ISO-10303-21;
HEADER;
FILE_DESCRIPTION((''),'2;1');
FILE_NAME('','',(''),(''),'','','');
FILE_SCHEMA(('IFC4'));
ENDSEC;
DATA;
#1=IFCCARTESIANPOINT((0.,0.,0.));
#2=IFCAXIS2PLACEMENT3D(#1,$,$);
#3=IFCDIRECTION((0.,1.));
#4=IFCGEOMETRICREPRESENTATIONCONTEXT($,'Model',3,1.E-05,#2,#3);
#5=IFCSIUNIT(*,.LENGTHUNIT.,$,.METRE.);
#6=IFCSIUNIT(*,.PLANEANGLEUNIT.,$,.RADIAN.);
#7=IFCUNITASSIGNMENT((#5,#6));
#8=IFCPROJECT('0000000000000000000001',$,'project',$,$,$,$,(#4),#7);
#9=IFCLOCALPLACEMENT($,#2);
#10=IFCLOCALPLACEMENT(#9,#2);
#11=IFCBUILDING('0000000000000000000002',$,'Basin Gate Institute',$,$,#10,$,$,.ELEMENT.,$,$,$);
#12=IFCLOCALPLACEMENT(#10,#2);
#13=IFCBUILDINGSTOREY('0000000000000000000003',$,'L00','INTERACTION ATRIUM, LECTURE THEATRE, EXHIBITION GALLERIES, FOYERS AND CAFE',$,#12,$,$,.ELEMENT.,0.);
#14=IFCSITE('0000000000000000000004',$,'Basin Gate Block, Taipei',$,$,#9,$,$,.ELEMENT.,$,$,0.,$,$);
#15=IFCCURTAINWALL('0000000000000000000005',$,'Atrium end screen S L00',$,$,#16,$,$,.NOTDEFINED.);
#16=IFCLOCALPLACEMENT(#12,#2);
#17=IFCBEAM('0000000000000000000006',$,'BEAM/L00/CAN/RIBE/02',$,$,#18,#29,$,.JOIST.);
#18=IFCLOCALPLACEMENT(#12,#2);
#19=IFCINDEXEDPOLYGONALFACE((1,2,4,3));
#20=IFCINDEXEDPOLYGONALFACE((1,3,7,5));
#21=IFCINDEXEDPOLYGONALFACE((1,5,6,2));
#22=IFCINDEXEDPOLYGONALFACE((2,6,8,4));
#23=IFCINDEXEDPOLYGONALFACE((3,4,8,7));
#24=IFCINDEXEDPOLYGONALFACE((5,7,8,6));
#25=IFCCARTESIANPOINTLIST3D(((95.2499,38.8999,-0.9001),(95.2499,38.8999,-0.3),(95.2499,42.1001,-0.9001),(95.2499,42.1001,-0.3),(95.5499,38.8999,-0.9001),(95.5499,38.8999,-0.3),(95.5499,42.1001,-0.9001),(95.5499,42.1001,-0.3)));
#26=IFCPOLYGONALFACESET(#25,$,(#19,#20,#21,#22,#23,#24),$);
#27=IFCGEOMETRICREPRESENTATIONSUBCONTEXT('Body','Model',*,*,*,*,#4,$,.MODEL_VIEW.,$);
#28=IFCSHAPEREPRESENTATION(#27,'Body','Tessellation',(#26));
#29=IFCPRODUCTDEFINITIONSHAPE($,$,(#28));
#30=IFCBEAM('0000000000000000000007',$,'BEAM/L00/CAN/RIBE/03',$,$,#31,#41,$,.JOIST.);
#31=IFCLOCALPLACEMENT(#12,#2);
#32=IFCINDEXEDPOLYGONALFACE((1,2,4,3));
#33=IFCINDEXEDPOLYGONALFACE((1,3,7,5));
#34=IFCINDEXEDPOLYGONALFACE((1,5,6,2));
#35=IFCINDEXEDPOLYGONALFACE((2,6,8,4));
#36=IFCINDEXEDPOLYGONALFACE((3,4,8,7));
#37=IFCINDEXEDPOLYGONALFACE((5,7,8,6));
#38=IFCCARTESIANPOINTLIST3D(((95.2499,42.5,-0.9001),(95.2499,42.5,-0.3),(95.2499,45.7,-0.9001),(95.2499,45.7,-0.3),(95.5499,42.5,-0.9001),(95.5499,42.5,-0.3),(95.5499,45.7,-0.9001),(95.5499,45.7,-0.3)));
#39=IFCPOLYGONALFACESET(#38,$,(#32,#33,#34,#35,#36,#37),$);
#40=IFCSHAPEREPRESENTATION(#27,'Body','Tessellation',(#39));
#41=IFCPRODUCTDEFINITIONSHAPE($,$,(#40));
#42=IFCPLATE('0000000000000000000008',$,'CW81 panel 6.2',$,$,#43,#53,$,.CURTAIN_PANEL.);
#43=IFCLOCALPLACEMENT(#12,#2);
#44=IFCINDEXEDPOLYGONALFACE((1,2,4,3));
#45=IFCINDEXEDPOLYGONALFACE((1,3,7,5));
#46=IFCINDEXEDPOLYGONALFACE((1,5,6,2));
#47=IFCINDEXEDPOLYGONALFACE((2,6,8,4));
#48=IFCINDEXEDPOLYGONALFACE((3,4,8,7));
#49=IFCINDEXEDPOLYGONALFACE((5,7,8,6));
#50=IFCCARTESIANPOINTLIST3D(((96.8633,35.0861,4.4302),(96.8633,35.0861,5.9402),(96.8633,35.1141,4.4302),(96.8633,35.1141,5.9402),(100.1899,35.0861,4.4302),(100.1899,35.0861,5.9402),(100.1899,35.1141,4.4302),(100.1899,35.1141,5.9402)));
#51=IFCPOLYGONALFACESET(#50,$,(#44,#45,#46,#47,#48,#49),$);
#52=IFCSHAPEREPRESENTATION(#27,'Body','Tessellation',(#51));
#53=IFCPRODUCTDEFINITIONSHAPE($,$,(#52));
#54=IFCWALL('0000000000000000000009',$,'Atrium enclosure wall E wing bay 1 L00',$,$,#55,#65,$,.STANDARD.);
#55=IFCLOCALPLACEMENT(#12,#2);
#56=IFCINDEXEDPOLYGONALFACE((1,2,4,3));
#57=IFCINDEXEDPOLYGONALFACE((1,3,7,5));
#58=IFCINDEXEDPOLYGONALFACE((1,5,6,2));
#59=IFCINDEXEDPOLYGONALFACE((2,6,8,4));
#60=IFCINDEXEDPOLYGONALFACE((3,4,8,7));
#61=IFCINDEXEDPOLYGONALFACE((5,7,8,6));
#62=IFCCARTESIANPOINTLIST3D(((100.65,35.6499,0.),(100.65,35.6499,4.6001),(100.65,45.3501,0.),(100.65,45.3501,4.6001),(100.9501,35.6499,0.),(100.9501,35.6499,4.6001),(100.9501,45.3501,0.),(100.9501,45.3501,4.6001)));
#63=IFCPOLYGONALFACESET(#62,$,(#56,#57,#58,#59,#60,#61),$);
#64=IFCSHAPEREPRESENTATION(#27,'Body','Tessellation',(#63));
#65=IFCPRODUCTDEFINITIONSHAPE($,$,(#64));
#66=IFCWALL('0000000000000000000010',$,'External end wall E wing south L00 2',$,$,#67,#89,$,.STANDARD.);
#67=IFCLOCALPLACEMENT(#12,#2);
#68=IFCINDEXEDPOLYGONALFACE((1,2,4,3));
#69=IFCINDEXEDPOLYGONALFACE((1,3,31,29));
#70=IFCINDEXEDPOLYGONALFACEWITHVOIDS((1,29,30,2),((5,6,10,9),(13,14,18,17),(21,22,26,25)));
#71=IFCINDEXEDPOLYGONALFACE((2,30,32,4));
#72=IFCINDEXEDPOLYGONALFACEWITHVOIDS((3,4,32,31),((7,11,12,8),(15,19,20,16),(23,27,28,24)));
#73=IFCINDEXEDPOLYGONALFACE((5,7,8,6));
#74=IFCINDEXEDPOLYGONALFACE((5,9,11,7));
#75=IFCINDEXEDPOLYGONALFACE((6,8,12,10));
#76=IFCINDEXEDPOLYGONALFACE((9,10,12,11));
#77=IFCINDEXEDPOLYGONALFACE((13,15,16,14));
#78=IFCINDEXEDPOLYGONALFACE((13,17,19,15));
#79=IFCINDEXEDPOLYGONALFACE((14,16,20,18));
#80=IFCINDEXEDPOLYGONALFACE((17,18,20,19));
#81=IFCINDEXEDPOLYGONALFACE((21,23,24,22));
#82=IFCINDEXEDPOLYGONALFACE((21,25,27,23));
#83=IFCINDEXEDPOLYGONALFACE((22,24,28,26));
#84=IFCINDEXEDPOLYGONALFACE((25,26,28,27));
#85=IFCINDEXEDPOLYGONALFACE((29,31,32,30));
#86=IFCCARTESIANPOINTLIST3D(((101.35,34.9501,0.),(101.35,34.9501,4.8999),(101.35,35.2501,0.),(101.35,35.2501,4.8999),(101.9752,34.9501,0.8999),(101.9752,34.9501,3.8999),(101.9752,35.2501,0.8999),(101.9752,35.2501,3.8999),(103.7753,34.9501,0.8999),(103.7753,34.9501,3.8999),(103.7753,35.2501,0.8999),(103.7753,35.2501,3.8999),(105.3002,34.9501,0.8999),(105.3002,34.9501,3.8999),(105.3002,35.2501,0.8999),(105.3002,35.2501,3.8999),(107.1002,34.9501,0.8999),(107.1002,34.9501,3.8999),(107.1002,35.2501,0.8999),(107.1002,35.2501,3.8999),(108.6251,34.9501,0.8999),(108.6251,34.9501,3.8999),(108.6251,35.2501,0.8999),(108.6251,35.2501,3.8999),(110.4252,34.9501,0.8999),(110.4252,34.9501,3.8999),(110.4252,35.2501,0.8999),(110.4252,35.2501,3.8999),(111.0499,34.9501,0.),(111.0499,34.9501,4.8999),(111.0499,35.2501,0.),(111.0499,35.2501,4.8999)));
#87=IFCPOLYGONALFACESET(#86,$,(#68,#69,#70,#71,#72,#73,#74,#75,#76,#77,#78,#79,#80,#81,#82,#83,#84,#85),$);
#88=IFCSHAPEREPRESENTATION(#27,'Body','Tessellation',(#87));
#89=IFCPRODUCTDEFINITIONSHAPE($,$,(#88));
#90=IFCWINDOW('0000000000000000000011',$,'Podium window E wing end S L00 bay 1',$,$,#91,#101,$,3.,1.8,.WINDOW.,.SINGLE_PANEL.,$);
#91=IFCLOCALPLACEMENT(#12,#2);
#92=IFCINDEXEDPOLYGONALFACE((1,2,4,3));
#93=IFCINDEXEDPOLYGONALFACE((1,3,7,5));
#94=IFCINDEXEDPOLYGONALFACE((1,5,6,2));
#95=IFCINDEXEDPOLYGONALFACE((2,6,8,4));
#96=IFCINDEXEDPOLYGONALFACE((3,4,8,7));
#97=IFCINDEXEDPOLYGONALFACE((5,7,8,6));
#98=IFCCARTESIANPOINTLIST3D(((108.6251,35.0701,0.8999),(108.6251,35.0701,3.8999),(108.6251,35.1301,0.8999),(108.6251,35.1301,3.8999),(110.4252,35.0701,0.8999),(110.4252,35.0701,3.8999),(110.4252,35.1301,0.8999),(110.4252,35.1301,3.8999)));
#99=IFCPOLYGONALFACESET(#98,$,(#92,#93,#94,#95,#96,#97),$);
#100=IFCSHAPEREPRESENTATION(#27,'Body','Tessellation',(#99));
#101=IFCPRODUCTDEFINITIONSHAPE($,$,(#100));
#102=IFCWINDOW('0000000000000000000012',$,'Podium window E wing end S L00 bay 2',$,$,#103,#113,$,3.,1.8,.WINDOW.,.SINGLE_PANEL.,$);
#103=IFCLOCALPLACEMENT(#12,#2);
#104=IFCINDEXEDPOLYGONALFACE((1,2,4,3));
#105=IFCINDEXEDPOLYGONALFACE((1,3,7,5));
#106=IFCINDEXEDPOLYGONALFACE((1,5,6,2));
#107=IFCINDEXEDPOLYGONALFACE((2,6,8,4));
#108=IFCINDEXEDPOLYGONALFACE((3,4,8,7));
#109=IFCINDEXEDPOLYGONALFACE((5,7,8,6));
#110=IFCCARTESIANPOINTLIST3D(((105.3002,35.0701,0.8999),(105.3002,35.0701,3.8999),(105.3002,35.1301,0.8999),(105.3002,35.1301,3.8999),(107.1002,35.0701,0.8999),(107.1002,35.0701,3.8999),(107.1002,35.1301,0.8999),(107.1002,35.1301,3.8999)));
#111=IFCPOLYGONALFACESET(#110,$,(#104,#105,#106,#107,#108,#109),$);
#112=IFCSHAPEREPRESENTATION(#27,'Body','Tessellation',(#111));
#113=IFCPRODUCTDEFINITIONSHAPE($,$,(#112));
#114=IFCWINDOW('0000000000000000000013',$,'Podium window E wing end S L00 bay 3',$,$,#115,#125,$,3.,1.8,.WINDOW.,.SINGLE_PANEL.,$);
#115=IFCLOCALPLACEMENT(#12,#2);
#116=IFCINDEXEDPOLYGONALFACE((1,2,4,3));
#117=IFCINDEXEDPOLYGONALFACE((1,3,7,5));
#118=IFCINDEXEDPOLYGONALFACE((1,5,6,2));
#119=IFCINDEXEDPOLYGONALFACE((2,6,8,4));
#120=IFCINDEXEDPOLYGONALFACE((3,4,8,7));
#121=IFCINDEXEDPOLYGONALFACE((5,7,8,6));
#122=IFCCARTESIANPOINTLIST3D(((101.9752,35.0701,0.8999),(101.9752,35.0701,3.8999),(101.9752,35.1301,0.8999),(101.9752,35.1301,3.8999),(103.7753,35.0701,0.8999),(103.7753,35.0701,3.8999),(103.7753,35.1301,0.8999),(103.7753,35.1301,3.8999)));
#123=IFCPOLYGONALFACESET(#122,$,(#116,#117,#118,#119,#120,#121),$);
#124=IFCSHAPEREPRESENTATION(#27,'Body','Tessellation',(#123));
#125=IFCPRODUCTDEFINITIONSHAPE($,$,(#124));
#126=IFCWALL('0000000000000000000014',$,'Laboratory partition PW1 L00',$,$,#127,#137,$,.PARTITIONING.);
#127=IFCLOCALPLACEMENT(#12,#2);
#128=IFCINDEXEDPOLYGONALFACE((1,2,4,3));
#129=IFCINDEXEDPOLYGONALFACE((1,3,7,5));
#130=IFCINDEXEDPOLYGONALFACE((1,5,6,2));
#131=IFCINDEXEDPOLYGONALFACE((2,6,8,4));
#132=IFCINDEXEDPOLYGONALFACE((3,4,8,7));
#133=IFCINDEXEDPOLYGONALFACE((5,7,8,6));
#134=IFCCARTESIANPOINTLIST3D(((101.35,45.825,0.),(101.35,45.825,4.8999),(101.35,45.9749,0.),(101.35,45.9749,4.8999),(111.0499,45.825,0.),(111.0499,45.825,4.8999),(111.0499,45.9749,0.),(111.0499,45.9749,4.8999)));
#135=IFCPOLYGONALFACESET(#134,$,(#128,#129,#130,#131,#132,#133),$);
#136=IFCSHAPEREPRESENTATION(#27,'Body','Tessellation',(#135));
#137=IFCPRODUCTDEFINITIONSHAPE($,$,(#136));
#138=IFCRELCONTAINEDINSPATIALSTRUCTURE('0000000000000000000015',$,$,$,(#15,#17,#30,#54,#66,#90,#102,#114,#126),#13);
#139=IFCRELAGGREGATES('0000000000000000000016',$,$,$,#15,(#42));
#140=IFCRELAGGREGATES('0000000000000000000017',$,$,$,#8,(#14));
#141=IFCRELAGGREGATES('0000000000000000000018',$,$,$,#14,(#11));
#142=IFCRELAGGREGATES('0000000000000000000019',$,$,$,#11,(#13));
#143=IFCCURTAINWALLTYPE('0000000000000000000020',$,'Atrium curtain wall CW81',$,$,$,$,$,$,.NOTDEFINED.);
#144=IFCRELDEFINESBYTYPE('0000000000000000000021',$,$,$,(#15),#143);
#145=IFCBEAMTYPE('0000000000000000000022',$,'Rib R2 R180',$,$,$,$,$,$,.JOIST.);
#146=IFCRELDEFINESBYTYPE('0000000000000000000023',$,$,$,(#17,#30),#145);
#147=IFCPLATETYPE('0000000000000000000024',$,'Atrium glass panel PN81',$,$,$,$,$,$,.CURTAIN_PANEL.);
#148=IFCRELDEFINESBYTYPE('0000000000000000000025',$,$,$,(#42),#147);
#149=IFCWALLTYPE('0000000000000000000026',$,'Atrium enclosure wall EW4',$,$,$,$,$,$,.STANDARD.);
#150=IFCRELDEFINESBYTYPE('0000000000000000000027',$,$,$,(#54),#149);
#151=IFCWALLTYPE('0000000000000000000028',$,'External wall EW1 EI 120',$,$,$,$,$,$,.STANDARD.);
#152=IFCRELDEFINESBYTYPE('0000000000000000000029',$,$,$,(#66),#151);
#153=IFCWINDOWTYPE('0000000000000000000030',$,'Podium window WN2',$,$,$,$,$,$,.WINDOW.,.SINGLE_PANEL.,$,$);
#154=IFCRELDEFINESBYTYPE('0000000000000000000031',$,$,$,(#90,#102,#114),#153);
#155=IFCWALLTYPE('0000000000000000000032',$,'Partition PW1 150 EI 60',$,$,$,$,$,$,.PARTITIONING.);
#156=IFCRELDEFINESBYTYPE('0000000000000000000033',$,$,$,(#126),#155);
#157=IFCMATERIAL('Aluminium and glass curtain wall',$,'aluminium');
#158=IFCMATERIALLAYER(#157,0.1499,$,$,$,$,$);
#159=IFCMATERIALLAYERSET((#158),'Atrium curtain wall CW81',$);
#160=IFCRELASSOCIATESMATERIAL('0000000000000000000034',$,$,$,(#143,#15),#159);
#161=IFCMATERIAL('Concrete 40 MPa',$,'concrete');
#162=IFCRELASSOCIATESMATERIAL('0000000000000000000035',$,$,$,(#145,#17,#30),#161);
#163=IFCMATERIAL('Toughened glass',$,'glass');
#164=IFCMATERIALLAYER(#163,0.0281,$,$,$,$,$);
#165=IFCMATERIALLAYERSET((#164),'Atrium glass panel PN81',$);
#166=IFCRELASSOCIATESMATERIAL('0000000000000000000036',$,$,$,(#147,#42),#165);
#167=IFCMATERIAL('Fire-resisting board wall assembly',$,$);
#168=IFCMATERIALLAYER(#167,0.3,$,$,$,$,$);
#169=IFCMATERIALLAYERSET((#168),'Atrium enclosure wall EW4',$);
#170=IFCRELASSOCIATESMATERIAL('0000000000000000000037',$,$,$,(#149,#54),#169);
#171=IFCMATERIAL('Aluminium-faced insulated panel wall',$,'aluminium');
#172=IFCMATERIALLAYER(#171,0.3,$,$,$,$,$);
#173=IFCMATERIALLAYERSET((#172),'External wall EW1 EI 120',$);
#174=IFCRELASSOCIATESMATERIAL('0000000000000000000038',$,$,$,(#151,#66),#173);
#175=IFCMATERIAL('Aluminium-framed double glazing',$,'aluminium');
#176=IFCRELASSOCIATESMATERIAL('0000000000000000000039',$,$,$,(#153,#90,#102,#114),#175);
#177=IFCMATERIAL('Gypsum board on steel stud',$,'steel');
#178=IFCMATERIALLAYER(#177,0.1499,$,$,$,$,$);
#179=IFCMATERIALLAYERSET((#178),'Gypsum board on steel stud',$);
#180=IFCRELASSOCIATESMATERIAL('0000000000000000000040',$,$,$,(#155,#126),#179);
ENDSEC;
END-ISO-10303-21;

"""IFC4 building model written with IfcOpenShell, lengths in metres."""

from ifc_helpers import new_model, si_unit, direction, frame, frame_2d, origin, origin_2d, place, context, subcontext, project, spatial, rectangle, extrude, material, layer, layer_set, material_profile, profile_set, type_object, element, fill, aggregate, save


model = new_model("IFC4")

# Units and contexts
model_context = context("Model", 3, precision=1e-05, world=origin(), true_north=direction((0.0, 1.0)))
body_context = subcontext(model_context, "Body", "Model", "MODEL_VIEW")
ifc_project = project(units=[si_unit("LENGTHUNIT", "METRE"), si_unit("PLANEANGLEUNIT", "RADIAN")], contexts=[model_context])

# Site, building, storey
site_placement = place(None, origin())
site = spatial("IfcSite", under=ifc_project, at=site_placement, Name="Basin Gate Block, Taipei", CompositionType="ELEMENT", RefElevation=0.0)
building_placement = place(site_placement, origin())
building = spatial("IfcBuilding", under=site, at=building_placement, Name="Basin Gate Institute", CompositionType="ELEMENT")
storey_placement = place(building_placement, origin())
storey = spatial("IfcBuildingStorey", under=building, at=storey_placement, Name="L00", Description="INTERACTION ATRIUM, LECTURE THEATRE, EXHIBITION GALLERIES, FOYERS AND CAFE", CompositionType="ELEMENT", Elevation=0.0)

# Curtain wall
ifc_material_1 = material(Name="Aluminium and glass curtain wall", Category="aluminium")
ifc_layer_1 = layer(ifc_material_1, 0.1499)
ifc_layer_set_1 = layer_set([ifc_layer_1], Name="Atrium curtain wall CW81")
curtain_wall_type = type_object("IfcCurtainWallType", Name="Atrium curtain wall CW81", PredefinedType="NOTDEFINED", material=ifc_layer_set_1)
curtain_wall_placement = place(storey_placement, origin())
curtain_wall = element("IfcCurtainWall", 1, at=curtain_wall_placement, inside=storey, type_object=curtain_wall_type, material=ifc_layer_set_1, Name="Atrium end screen S L00", PredefinedType="NOTDEFINED")

# Beams
ifc_material_2 = material(Name="Concrete 40 MPa", Category="concrete")
ifc_material_profile_1 = material_profile(ifc_material_2, rectangle(XDim=0.3, YDim=0.6001, at=origin_2d()), Name="Rib R2 300 x 600")
ifc_profile_set_1 = profile_set([ifc_material_profile_1], Name="Concrete 40 MPa")
beam_type_1 = type_object("IfcBeamType", Name="Rib R2 R180", PredefinedType="JOIST", material=ifc_profile_set_1)
beam_1_placement = place(storey_placement, frame((95.3999, 38.8999, -0.6001), z_axis=(0.0, 1.0, 0.0), x_axis=(-1.0, 0.0, 0.0)))
element("IfcBeam", 2, at=beam_1_placement, inside=storey, type_object=beam_type_1, material=ifc_profile_set_1, Name="BEAM/L00/CAN/RIBE/02", PredefinedType="JOIST", context=body_context, shape_type="SweptSolid", body=[
    extrude(rectangle(XDim=0.3, YDim=0.6001, at=origin_2d()), origin(), (0.0, 0.0, 1.0), 3.2002),
])
beam_2_placement = place(storey_placement, frame((95.3999, 42.5, -0.6001), z_axis=(0.0, 1.0, 0.0), x_axis=(-1.0, 0.0, 0.0)))
element("IfcBeam", 3, at=beam_2_placement, inside=storey, type_object=beam_type_1, material=ifc_profile_set_1, Name="BEAM/L00/CAN/RIBE/03", PredefinedType="JOIST", context=body_context, shape_type="SweptSolid", body=[
    extrude(rectangle(XDim=0.3, YDim=0.6001, at=origin_2d()), origin(), (0.0, 0.0, 1.0), 3.2),
])

# Plate
ifc_material_3 = material(Name="Toughened glass", Category="glass")
ifc_layer_2 = layer(ifc_material_3, 0.0281)
ifc_layer_set_2 = layer_set([ifc_layer_2], Name="Atrium glass panel PN81")
plate_type = type_object("IfcPlateType", Name="Atrium glass panel PN81", PredefinedType="CURTAIN_PANEL", material=ifc_layer_set_2)
plate_placement = place(storey_placement, frame((98.5266, 35.1001, 4.4302), z_axis=(0.0, 0.0, 1.0), x_axis=(1.0, 0.0, 0.0)))
plate = element("IfcPlate", 4, at=plate_placement, type_object=plate_type, material=ifc_layer_set_2, Name="CW81 panel 6.2", PredefinedType="CURTAIN_PANEL", context=body_context, shape_type="SweptSolid", body=[
    extrude(rectangle(XDim=3.3267, YDim=0.0281, at=origin_2d()), origin(), (0.0, 0.0, 1.0), 1.51),
])
aggregate(curtain_wall, [plate])

# Wall
ifc_material_4 = material(Name="Fire-resisting board wall assembly")
ifc_layer_3 = layer(ifc_material_4, 0.3)
ifc_layer_set_3 = layer_set([ifc_layer_3], Name="Atrium enclosure wall EW4")
wall_type_1 = type_object("IfcWallType", Name="Atrium enclosure wall EW4", PredefinedType="STANDARD", material=ifc_layer_set_3)
wall_1_placement = place(storey_placement, frame((100.8, 35.6499, 0.0), z_axis=(0.0, 0.0, 1.0), x_axis=(0.0, 1.0, 0.0)))
element("IfcWall", 5, at=wall_1_placement, inside=storey, type_object=wall_type_1, material=ifc_layer_set_3, Name="Atrium enclosure wall E wing bay 1 L00", PredefinedType="STANDARD", context=body_context, shape_type="SweptSolid", body=[
    extrude(rectangle(XDim=9.7002, YDim=0.3, at=frame_2d((4.8501, 0.0))), origin(), (0.0, 0.0, 1.0), 4.6001),
])

# Wall, openings, windows
ifc_material_5 = material(Name="Aluminium-faced insulated panel wall", Category="aluminium")
ifc_layer_4 = layer(ifc_material_5, 0.3)
ifc_layer_set_4 = layer_set([ifc_layer_4], Name="External wall EW1 EI 120")
wall_type_2 = type_object("IfcWallType", Name="External wall EW1 EI 120", PredefinedType="STANDARD", material=ifc_layer_set_4)
wall_2_placement = place(storey_placement, frame((111.05, 35.1001, 0.0), z_axis=(0.0, 0.0, 1.0), x_axis=(-1.0, 0.0, 0.0)))
wall_2 = element("IfcWall", 6, at=wall_2_placement, inside=storey, type_object=wall_type_2, material=ifc_layer_set_4, Name="External end wall E wing south L00 2", PredefinedType="STANDARD", context=body_context, shape_type="SweptSolid", body=[
    extrude(rectangle(XDim=9.7, YDim=0.3, at=frame_2d((4.8501, 0.0))), origin(), (0.0, 0.0, 1.0), 4.8999),
])
opening_1_placement = place(wall_2_placement, frame((0.625, 0.0, 0.8999)))
opening_1 = element("IfcOpeningElement", 7, at=opening_1_placement, cuts=wall_2, PredefinedType="OPENING", context=body_context, shape_type="SweptSolid", body=[
    extrude(rectangle(XDim=1.8, YDim=3.0, at=frame_2d((0.8999, 1.5))), frame((0.0, 0.1602, 0.0), z_axis=(0.0, -1.0, 0.0), x_axis=(1.0, 0.0, 0.0)), (0.0, 0.0, 1.0), 0.3201),
])
opening_2_placement = place(wall_2_placement, frame((3.95, 0.0, 0.8999)))
opening_2 = element("IfcOpeningElement", 8, at=opening_2_placement, cuts=wall_2, PredefinedType="OPENING", context=body_context, shape_type="SweptSolid", body=[
    extrude(rectangle(XDim=1.8, YDim=3.0, at=frame_2d((0.8999, 1.5))), frame((0.0, 0.1602, 0.0), z_axis=(0.0, -1.0, 0.0), x_axis=(1.0, 0.0, 0.0)), (0.0, 0.0, 1.0), 0.3201),
])
opening_3_placement = place(wall_2_placement, frame((7.2749, 0.0, 0.8999)))
opening_3 = element("IfcOpeningElement", 9, at=opening_3_placement, cuts=wall_2, PredefinedType="OPENING", context=body_context, shape_type="SweptSolid", body=[
    extrude(rectangle(XDim=1.8, YDim=3.0, at=frame_2d((0.8999, 1.5))), frame((0.0, 0.1602, 0.0), z_axis=(0.0, -1.0, 0.0), x_axis=(1.0, 0.0, 0.0)), (0.0, 0.0, 1.0), 0.3201),
])
ifc_material_6 = material(Name="Aluminium-framed double glazing", Category="aluminium")
window_type = type_object("IfcWindowType", Name="Podium window WN2", PartitioningType="SINGLE_PANEL", PredefinedType="WINDOW", material=ifc_material_6)
window_1_placement = place(opening_1_placement, origin())
window_1 = element("IfcWindow", 10, at=window_1_placement, inside=storey, type_object=window_type, material=ifc_material_6, Name="Podium window E wing end S L00 bay 1", OverallHeight=3.0, OverallWidth=1.8, PartitioningType="SINGLE_PANEL", PredefinedType="WINDOW", context=body_context, shape_type="SweptSolid", body=[
    extrude(rectangle(XDim=1.8, YDim=3.0, at=frame_2d((0.8999, 1.5))), frame((0.0, 0.03, 0.0), z_axis=(0.0, -1.0, 0.0), x_axis=(1.0, 0.0, 0.0)), (0.0, 0.0, 1.0), 0.0601),
])
fill(opening_1, window_1)
window_2_placement = place(opening_2_placement, origin())
window_2 = element("IfcWindow", 11, at=window_2_placement, inside=storey, type_object=window_type, material=ifc_material_6, Name="Podium window E wing end S L00 bay 2", OverallHeight=3.0, OverallWidth=1.8, PartitioningType="SINGLE_PANEL", PredefinedType="WINDOW", context=body_context, shape_type="SweptSolid", body=[
    extrude(rectangle(XDim=1.8, YDim=3.0, at=frame_2d((0.8999, 1.5))), frame((0.0, 0.03, 0.0), z_axis=(0.0, -1.0, 0.0), x_axis=(1.0, 0.0, 0.0)), (0.0, 0.0, 1.0), 0.0601),
])
fill(opening_2, window_2)
window_3_placement = place(opening_3_placement, origin())
window_3 = element("IfcWindow", 12, at=window_3_placement, inside=storey, type_object=window_type, material=ifc_material_6, Name="Podium window E wing end S L00 bay 3", OverallHeight=3.0, OverallWidth=1.8, PartitioningType="SINGLE_PANEL", PredefinedType="WINDOW", context=body_context, shape_type="SweptSolid", body=[
    extrude(rectangle(XDim=1.8, YDim=3.0, at=frame_2d((0.8999, 1.5))), frame((0.0, 0.03, 0.0), z_axis=(0.0, -1.0, 0.0), x_axis=(1.0, 0.0, 0.0)), (0.0, 0.0, 1.0), 0.0601),
])
fill(opening_3, window_3)

# Wall
ifc_material_7 = material(Name="Gypsum board on steel stud", Category="steel")
ifc_layer_5 = layer(ifc_material_7, 0.1499)
ifc_layer_set_5 = layer_set([ifc_layer_5], Name="Gypsum board on steel stud")
wall_type_3 = type_object("IfcWallType", Name="Partition PW1 150 EI 60", PredefinedType="PARTITIONING", material=ifc_layer_set_5)
wall_3_placement = place(storey_placement, frame((111.05, 45.8999, 0.0), z_axis=(0.0, 0.0, 1.0), x_axis=(-1.0, 0.0, 0.0)))
element("IfcWall", 13, at=wall_3_placement, inside=storey, type_object=wall_type_3, material=ifc_layer_set_5, Name="Laboratory partition PW1 L00", PredefinedType="PARTITIONING", context=body_context, shape_type="SweptSolid", body=[
    extrude(rectangle(XDim=9.7, YDim=0.1499, at=frame_2d((4.8501, 0.0))), origin(), (0.0, 0.0, 1.0), 4.8999),
])

save(model, "model.ifc")
